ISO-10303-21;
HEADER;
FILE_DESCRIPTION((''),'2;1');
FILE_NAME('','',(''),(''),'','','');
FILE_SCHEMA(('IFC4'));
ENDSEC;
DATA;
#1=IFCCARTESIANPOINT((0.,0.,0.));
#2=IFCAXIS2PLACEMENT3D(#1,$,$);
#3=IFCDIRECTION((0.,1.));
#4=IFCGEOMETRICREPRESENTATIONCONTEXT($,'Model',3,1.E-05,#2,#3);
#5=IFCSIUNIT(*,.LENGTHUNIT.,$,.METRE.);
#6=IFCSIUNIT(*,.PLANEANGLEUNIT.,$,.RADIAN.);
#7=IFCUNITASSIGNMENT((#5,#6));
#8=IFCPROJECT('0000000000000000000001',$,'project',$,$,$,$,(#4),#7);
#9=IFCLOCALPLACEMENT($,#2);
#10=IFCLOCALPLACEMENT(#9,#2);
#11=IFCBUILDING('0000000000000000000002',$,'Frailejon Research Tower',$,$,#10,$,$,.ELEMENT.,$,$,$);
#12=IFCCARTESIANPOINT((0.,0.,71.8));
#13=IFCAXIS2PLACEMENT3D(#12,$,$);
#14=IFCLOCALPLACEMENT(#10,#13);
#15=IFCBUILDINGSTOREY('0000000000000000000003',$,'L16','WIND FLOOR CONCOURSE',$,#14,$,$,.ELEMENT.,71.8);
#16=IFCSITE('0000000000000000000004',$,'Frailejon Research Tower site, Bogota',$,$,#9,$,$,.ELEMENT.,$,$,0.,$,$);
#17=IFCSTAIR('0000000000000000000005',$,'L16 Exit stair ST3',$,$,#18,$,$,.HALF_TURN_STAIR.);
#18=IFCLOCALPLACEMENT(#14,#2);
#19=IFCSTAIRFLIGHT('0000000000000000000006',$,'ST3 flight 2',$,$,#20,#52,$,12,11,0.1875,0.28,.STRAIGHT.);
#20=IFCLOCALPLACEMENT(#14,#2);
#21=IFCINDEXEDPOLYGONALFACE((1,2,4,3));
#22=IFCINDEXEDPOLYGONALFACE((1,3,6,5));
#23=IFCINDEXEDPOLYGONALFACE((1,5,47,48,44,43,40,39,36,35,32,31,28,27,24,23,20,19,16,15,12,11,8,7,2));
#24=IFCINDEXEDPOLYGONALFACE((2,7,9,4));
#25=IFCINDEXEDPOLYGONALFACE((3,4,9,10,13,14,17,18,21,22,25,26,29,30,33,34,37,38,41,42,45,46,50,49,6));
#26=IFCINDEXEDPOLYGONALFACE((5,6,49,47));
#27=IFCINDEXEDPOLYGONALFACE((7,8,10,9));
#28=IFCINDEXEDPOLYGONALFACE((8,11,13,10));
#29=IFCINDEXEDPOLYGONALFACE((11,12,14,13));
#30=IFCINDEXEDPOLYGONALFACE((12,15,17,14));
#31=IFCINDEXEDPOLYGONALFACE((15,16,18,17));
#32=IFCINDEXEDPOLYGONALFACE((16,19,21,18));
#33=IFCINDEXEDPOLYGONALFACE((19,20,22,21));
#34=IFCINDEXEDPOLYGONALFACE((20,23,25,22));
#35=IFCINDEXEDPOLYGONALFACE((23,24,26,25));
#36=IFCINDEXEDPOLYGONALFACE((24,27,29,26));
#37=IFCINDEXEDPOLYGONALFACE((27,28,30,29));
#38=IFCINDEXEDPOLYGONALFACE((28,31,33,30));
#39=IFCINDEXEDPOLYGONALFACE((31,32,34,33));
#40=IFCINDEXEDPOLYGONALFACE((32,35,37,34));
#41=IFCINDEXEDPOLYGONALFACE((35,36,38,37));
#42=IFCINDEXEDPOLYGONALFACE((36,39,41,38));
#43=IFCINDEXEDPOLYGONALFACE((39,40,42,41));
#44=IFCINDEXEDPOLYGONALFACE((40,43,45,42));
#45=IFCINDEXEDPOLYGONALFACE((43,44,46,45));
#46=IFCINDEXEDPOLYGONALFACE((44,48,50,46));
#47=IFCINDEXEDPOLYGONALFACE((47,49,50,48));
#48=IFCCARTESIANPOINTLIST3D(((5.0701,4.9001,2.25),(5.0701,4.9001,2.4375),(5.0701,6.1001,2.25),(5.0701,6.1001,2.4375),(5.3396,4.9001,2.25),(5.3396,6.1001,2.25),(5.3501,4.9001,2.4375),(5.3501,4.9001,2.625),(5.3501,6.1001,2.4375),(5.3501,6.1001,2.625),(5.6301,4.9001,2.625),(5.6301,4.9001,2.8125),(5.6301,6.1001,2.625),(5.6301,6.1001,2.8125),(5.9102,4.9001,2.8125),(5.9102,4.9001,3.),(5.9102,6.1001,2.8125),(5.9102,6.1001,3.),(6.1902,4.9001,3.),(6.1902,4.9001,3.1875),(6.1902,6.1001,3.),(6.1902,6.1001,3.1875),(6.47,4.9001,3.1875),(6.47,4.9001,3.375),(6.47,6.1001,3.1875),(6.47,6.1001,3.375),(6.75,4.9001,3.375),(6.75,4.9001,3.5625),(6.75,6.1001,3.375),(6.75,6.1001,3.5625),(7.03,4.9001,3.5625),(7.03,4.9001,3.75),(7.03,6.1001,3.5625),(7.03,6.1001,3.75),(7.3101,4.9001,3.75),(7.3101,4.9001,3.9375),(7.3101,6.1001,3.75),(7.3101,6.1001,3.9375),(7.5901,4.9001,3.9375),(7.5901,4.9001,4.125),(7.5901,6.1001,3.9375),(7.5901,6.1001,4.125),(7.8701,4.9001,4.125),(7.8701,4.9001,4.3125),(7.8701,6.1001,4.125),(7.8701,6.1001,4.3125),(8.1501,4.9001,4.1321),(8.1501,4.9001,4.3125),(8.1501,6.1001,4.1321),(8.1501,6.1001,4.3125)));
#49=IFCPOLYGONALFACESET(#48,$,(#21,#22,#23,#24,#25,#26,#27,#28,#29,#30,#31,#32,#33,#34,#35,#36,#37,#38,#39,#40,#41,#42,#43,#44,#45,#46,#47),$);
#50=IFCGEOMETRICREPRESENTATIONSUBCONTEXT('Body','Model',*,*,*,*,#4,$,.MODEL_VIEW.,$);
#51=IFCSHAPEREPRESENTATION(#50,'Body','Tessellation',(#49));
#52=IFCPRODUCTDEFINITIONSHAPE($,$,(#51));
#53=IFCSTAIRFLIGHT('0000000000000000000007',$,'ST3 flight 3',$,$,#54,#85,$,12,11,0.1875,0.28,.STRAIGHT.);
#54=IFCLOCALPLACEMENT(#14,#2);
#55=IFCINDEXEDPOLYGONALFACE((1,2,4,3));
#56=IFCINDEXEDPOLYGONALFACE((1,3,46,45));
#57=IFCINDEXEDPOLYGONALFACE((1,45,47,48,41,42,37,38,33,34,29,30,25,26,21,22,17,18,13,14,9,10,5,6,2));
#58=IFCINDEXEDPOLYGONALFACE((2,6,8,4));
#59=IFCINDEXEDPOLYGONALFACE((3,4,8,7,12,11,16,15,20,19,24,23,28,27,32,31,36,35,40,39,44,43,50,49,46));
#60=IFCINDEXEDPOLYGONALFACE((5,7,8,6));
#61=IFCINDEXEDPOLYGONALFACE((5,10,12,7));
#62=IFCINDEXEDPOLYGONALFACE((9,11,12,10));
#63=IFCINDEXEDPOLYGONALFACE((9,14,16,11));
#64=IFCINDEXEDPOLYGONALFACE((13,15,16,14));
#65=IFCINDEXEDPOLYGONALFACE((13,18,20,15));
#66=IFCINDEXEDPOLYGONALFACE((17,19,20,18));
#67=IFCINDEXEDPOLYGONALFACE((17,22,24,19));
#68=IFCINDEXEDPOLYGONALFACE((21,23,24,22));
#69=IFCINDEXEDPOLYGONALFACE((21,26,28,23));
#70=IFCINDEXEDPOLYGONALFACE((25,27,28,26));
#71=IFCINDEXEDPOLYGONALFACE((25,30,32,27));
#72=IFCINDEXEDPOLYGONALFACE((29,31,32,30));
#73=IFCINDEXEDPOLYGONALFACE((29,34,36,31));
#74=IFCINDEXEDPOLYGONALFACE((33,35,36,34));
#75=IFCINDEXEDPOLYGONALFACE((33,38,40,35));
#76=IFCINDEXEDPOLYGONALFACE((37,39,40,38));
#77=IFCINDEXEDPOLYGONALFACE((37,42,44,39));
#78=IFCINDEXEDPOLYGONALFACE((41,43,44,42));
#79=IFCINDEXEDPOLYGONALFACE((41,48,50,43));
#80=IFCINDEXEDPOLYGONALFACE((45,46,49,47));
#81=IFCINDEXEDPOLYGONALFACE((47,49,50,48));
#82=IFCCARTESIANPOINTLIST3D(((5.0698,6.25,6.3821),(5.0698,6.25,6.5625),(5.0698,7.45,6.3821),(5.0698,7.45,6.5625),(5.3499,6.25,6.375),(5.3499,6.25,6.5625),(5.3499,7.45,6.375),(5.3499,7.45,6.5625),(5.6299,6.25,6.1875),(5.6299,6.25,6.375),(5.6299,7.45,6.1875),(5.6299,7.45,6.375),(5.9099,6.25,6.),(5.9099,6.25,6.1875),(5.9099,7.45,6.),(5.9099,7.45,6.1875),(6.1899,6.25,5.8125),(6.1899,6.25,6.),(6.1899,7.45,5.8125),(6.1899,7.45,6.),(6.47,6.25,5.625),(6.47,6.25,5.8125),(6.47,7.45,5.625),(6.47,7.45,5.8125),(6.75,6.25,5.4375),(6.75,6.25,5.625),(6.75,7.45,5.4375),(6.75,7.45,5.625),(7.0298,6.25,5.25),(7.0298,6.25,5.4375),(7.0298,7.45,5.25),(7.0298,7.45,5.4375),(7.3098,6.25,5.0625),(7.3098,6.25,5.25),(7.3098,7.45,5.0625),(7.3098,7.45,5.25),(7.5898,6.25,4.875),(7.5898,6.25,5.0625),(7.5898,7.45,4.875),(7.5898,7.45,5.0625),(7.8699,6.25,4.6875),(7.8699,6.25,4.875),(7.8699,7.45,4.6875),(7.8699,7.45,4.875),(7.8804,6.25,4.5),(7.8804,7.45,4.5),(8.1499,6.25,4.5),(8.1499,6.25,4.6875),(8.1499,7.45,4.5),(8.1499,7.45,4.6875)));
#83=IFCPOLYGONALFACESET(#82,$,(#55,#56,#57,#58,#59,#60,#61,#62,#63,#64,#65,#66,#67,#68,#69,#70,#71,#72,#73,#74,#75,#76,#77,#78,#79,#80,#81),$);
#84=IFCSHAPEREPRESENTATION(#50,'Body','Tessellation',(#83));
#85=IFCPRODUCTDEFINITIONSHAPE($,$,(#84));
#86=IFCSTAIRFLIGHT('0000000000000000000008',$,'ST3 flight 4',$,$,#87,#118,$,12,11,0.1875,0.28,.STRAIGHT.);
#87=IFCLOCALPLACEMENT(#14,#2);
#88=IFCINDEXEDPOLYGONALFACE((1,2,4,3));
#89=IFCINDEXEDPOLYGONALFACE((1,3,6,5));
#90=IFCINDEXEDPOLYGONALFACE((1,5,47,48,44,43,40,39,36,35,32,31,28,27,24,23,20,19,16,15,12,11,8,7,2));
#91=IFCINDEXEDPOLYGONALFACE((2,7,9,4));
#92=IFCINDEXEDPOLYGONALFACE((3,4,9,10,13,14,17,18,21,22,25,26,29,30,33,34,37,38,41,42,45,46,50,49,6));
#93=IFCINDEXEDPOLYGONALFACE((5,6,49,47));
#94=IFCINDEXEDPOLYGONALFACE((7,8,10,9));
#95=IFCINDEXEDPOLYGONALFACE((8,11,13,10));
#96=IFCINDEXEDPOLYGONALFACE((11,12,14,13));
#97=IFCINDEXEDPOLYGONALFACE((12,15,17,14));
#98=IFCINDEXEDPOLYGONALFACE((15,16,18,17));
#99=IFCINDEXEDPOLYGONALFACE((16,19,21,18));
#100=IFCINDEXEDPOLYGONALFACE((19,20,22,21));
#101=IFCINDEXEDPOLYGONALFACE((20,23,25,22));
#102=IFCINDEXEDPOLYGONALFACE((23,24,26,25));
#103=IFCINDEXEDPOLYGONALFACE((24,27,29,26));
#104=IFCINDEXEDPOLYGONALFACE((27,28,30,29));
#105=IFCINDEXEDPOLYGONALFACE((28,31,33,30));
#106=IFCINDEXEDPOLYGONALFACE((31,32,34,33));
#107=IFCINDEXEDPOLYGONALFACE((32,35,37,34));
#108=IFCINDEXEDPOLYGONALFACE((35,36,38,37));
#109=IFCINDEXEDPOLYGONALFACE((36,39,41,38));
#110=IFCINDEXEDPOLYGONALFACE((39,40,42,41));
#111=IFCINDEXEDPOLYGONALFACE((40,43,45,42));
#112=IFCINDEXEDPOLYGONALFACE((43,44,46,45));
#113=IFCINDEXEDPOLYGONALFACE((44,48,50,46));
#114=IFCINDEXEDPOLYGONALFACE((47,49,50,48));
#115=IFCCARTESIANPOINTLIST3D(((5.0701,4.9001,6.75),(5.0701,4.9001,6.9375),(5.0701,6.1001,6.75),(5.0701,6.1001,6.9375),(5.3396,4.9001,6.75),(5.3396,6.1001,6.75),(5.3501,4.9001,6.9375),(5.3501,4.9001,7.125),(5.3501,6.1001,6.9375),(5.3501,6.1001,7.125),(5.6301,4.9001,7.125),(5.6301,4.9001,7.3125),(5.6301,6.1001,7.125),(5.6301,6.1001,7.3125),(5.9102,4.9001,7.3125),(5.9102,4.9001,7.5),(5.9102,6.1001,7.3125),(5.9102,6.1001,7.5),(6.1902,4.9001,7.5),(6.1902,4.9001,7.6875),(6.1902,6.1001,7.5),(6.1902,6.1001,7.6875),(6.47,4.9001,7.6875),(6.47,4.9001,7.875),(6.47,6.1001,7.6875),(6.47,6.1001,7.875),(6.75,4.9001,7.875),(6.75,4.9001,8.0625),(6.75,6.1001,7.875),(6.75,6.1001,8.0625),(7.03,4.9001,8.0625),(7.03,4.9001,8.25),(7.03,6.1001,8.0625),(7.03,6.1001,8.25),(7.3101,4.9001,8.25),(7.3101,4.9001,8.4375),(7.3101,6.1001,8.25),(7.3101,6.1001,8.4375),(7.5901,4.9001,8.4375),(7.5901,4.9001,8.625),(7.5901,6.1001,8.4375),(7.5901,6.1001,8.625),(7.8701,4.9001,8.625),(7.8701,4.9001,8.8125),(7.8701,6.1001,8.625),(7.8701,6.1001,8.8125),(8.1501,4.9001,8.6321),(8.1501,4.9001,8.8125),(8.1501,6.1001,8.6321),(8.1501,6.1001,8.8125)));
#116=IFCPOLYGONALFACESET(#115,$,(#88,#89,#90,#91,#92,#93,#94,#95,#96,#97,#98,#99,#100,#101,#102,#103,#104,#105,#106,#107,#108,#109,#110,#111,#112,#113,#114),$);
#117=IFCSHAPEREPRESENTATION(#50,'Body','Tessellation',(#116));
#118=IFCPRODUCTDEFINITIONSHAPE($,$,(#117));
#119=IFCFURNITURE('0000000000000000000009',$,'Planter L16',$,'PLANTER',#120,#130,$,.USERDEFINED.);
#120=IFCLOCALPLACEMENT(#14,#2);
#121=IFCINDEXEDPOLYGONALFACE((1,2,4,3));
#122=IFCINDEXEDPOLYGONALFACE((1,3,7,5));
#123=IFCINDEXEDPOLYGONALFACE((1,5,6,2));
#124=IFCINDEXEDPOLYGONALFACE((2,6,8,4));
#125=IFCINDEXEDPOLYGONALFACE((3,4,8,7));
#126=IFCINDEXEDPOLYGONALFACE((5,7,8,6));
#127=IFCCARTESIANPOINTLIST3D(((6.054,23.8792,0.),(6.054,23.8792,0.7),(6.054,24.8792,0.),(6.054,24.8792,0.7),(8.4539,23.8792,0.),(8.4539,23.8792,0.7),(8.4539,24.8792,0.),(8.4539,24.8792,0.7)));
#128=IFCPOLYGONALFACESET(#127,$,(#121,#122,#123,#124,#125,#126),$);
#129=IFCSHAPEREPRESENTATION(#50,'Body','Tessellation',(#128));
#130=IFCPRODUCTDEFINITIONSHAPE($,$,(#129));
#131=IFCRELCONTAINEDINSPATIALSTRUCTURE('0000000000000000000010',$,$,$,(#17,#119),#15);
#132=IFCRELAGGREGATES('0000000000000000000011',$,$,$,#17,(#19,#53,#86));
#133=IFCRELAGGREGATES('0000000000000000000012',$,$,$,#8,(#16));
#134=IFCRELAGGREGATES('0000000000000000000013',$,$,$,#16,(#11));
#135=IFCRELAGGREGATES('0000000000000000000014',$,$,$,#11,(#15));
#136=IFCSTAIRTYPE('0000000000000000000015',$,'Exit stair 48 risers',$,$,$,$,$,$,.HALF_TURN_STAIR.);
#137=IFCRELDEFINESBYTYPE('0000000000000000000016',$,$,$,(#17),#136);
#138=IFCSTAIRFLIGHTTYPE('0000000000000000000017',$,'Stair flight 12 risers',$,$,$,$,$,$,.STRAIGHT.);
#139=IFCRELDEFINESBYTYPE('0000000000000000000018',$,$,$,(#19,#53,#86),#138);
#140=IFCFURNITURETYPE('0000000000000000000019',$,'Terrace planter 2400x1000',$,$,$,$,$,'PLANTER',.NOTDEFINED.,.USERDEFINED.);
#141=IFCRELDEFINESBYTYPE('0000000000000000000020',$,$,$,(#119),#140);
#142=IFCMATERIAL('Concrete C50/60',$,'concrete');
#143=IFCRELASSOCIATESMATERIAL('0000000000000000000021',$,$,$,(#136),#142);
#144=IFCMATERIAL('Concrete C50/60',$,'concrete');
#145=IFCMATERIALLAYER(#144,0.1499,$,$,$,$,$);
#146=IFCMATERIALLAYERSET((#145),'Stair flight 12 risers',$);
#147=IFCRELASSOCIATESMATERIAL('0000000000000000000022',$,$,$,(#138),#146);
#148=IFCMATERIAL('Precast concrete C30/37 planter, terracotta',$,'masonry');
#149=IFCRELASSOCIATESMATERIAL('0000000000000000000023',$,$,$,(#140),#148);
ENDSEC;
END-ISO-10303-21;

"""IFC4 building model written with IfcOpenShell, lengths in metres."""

from ifc_helpers import new_model, si_unit, direction, frame, origin, origin_2d, place, context, subcontext, project, spatial, polyline, rectangle, outline, extrude, material, layer, layer_set, type_object, element, aggregate, save


model = new_model("IFC4")

# Units and contexts
model_context = context("Model", 3, precision=1e-05, world=origin(), true_north=direction((0.0, 1.0)))
body_context = subcontext(model_context, "Body", "Model", "MODEL_VIEW")
ifc_project = project(units=[si_unit("LENGTHUNIT", "METRE"), si_unit("PLANEANGLEUNIT", "RADIAN")], contexts=[model_context])

# Site, building, storey
site_placement = place(None, origin())
site = spatial("IfcSite", under=ifc_project, at=site_placement, Name="Frailejon Research Tower site, Bogota", CompositionType="ELEMENT", RefElevation=0.0)
building_placement = place(site_placement, origin())
building = spatial("IfcBuilding", under=site, at=building_placement, Name="Frailejon Research Tower", CompositionType="ELEMENT")
storey_placement = place(building_placement, frame((0.0, 0.0, 71.8)))
storey = spatial("IfcBuildingStorey", under=building, at=storey_placement, Name="L16", Description="WIND FLOOR CONCOURSE", CompositionType="ELEMENT", Elevation=71.8)

# Stair
ifc_material_1 = material(Name="Concrete C50/60", Category="concrete")
stair_type = type_object("IfcStairType", Name="Exit stair 48 risers", PredefinedType="HALF_TURN_STAIR", material=ifc_material_1)
stair_placement = place(storey_placement, origin())
stair = element("IfcStair", 1, at=stair_placement, inside=storey, type_object=stair_type, Name="L16 Exit stair ST3", PredefinedType="HALF_TURN_STAIR")

# Stair flights
ifc_material_2 = material(Name="Concrete C50/60", Category="concrete")
ifc_layer_1 = layer(ifc_material_2, 0.1499)
ifc_layer_set_1 = layer_set([ifc_layer_1], Name="Stair flight 12 risers")
stair_flight_type = type_object("IfcStairFlightType", Name="Stair flight 12 risers", PredefinedType="STRAIGHT", material=ifc_layer_set_1)
stair_flight_1_placement = place(storey_placement, frame((5.0701, 5.5, 2.25), z_axis=(0.0, 0.0, 1.0), x_axis=(1.0, 0.0, 0.0)))
stair_flight_1 = element("IfcStairFlight", 2, at=stair_flight_1_placement, type_object=stair_flight_type, Name="ST3 flight 2", NumberOfRisers=12, NumberOfTreads=11, PredefinedType="STRAIGHT", RiserHeight=0.1875, TreadLength=0.28, context=body_context, shape_type="SweptSolid", body=[
    extrude(outline(polyline([(0.0, 0.0), (0.0, 0.1875), (0.28, 0.1875), (0.28, 0.375), (0.5601, 0.375), (0.5601, 0.5625), (0.8401, 0.5625), (0.8401, 0.75), (1.1201, 0.75), (1.1201, 0.9375), (1.3999, 0.9375), (1.3999, 1.125), (1.6799, 1.125), (1.6799, 1.3125), (1.96, 1.3125), (1.96, 1.5), (2.24, 1.5), (2.24, 1.6875), (2.52, 1.6875), (2.52, 1.875), (2.8, 1.875), (2.8, 2.0625), (3.0801, 2.0625), (3.0801, 2.25), (3.0801, 1.8821), (0.2695, 0.0), (0.0, 0.0)])), frame((0.0, 0.6001, 0.0), z_axis=(0.0, -1.0, 0.0), x_axis=(1.0, 0.0, 0.0)), (0.0, 0.0, 1.0), 1.2),
])
stair_flight_2_placement = place(storey_placement, frame((8.1499, 6.8501, 4.5), z_axis=(0.0, 0.0, 1.0), x_axis=(-1.0, 0.0, 0.0)))
stair_flight_2 = element("IfcStairFlight", 3, at=stair_flight_2_placement, type_object=stair_flight_type, Name="ST3 flight 3", NumberOfRisers=12, NumberOfTreads=11, PredefinedType="STRAIGHT", RiserHeight=0.1875, TreadLength=0.28, context=body_context, shape_type="SweptSolid", body=[
    extrude(outline(polyline([(0.0, 0.0), (0.0, 0.1875), (0.28, 0.1875), (0.28, 0.375), (0.5601, 0.375), (0.5601, 0.5625), (0.8401, 0.5625), (0.8401, 0.75), (1.1201, 0.75), (1.1201, 0.9375), (1.3999, 0.9375), (1.3999, 1.125), (1.6799, 1.125), (1.6799, 1.3125), (1.96, 1.3125), (1.96, 1.5), (2.24, 1.5), (2.24, 1.6875), (2.52, 1.6875), (2.52, 1.875), (2.8, 1.875), (2.8, 2.0625), (3.0801, 2.0625), (3.0801, 2.25), (3.0801, 1.8821), (0.2695, 0.0), (0.0, 0.0)])), frame((0.0, 0.6001, 0.0), z_axis=(0.0, -1.0, 0.0), x_axis=(1.0, 0.0, 0.0)), (0.0, 0.0, 1.0), 1.2),
])
stair_flight_3_placement = place(storey_placement, frame((5.0701, 5.5, 6.75), z_axis=(0.0, 0.0, 1.0), x_axis=(1.0, 0.0, 0.0)))
stair_flight_3 = element("IfcStairFlight", 4, at=stair_flight_3_placement, type_object=stair_flight_type, Name="ST3 flight 4", NumberOfRisers=12, NumberOfTreads=11, PredefinedType="STRAIGHT", RiserHeight=0.1875, TreadLength=0.28, context=body_context, shape_type="SweptSolid", body=[
    extrude(outline(polyline([(0.0, 0.0), (0.0, 0.1875), (0.28, 0.1875), (0.28, 0.375), (0.5601, 0.375), (0.5601, 0.5625), (0.8401, 0.5625), (0.8401, 0.75), (1.1201, 0.75), (1.1201, 0.9375), (1.3999, 0.9375), (1.3999, 1.125), (1.6799, 1.125), (1.6799, 1.3125), (1.96, 1.3125), (1.96, 1.5), (2.24, 1.5), (2.24, 1.6875), (2.52, 1.6875), (2.52, 1.875), (2.8, 1.875), (2.8, 2.0625), (3.0801, 2.0625), (3.0801, 2.25), (3.0801, 1.8821), (0.2695, 0.0), (0.0, 0.0)])), frame((0.0, 0.6001, 0.0), z_axis=(0.0, -1.0, 0.0), x_axis=(1.0, 0.0, 0.0)), (0.0, 0.0, 1.0), 1.2),
])
aggregate(stair, [stair_flight_1, stair_flight_2, stair_flight_3])

# Furniture
ifc_material_3 = material(Name="Precast concrete C30/37 planter, terracotta", Category="masonry")
furniture_type = type_object("IfcFurnitureType", Name="Terrace planter 2400x1000", ElementType="PLANTER", AssemblyPlace="NOTDEFINED", PredefinedType="USERDEFINED", material=ifc_material_3)
furniture_placement = place(storey_placement, frame((7.2539, 24.3792, 0.0), z_axis=(0.0, 0.0, 1.0), x_axis=(-1.0, 0.0, 0.0)))
element("IfcFurniture", 5, at=furniture_placement, inside=storey, type_object=furniture_type, Name="Planter L16", ObjectType="PLANTER", PredefinedType="USERDEFINED", context=body_context, shape_type="SweptSolid", body=[
    extrude(rectangle(XDim=2.3999, YDim=1.0, at=origin_2d()), origin(), (0.0, 0.0, 1.0), 0.7),
])

save(model, "model.ifc")
